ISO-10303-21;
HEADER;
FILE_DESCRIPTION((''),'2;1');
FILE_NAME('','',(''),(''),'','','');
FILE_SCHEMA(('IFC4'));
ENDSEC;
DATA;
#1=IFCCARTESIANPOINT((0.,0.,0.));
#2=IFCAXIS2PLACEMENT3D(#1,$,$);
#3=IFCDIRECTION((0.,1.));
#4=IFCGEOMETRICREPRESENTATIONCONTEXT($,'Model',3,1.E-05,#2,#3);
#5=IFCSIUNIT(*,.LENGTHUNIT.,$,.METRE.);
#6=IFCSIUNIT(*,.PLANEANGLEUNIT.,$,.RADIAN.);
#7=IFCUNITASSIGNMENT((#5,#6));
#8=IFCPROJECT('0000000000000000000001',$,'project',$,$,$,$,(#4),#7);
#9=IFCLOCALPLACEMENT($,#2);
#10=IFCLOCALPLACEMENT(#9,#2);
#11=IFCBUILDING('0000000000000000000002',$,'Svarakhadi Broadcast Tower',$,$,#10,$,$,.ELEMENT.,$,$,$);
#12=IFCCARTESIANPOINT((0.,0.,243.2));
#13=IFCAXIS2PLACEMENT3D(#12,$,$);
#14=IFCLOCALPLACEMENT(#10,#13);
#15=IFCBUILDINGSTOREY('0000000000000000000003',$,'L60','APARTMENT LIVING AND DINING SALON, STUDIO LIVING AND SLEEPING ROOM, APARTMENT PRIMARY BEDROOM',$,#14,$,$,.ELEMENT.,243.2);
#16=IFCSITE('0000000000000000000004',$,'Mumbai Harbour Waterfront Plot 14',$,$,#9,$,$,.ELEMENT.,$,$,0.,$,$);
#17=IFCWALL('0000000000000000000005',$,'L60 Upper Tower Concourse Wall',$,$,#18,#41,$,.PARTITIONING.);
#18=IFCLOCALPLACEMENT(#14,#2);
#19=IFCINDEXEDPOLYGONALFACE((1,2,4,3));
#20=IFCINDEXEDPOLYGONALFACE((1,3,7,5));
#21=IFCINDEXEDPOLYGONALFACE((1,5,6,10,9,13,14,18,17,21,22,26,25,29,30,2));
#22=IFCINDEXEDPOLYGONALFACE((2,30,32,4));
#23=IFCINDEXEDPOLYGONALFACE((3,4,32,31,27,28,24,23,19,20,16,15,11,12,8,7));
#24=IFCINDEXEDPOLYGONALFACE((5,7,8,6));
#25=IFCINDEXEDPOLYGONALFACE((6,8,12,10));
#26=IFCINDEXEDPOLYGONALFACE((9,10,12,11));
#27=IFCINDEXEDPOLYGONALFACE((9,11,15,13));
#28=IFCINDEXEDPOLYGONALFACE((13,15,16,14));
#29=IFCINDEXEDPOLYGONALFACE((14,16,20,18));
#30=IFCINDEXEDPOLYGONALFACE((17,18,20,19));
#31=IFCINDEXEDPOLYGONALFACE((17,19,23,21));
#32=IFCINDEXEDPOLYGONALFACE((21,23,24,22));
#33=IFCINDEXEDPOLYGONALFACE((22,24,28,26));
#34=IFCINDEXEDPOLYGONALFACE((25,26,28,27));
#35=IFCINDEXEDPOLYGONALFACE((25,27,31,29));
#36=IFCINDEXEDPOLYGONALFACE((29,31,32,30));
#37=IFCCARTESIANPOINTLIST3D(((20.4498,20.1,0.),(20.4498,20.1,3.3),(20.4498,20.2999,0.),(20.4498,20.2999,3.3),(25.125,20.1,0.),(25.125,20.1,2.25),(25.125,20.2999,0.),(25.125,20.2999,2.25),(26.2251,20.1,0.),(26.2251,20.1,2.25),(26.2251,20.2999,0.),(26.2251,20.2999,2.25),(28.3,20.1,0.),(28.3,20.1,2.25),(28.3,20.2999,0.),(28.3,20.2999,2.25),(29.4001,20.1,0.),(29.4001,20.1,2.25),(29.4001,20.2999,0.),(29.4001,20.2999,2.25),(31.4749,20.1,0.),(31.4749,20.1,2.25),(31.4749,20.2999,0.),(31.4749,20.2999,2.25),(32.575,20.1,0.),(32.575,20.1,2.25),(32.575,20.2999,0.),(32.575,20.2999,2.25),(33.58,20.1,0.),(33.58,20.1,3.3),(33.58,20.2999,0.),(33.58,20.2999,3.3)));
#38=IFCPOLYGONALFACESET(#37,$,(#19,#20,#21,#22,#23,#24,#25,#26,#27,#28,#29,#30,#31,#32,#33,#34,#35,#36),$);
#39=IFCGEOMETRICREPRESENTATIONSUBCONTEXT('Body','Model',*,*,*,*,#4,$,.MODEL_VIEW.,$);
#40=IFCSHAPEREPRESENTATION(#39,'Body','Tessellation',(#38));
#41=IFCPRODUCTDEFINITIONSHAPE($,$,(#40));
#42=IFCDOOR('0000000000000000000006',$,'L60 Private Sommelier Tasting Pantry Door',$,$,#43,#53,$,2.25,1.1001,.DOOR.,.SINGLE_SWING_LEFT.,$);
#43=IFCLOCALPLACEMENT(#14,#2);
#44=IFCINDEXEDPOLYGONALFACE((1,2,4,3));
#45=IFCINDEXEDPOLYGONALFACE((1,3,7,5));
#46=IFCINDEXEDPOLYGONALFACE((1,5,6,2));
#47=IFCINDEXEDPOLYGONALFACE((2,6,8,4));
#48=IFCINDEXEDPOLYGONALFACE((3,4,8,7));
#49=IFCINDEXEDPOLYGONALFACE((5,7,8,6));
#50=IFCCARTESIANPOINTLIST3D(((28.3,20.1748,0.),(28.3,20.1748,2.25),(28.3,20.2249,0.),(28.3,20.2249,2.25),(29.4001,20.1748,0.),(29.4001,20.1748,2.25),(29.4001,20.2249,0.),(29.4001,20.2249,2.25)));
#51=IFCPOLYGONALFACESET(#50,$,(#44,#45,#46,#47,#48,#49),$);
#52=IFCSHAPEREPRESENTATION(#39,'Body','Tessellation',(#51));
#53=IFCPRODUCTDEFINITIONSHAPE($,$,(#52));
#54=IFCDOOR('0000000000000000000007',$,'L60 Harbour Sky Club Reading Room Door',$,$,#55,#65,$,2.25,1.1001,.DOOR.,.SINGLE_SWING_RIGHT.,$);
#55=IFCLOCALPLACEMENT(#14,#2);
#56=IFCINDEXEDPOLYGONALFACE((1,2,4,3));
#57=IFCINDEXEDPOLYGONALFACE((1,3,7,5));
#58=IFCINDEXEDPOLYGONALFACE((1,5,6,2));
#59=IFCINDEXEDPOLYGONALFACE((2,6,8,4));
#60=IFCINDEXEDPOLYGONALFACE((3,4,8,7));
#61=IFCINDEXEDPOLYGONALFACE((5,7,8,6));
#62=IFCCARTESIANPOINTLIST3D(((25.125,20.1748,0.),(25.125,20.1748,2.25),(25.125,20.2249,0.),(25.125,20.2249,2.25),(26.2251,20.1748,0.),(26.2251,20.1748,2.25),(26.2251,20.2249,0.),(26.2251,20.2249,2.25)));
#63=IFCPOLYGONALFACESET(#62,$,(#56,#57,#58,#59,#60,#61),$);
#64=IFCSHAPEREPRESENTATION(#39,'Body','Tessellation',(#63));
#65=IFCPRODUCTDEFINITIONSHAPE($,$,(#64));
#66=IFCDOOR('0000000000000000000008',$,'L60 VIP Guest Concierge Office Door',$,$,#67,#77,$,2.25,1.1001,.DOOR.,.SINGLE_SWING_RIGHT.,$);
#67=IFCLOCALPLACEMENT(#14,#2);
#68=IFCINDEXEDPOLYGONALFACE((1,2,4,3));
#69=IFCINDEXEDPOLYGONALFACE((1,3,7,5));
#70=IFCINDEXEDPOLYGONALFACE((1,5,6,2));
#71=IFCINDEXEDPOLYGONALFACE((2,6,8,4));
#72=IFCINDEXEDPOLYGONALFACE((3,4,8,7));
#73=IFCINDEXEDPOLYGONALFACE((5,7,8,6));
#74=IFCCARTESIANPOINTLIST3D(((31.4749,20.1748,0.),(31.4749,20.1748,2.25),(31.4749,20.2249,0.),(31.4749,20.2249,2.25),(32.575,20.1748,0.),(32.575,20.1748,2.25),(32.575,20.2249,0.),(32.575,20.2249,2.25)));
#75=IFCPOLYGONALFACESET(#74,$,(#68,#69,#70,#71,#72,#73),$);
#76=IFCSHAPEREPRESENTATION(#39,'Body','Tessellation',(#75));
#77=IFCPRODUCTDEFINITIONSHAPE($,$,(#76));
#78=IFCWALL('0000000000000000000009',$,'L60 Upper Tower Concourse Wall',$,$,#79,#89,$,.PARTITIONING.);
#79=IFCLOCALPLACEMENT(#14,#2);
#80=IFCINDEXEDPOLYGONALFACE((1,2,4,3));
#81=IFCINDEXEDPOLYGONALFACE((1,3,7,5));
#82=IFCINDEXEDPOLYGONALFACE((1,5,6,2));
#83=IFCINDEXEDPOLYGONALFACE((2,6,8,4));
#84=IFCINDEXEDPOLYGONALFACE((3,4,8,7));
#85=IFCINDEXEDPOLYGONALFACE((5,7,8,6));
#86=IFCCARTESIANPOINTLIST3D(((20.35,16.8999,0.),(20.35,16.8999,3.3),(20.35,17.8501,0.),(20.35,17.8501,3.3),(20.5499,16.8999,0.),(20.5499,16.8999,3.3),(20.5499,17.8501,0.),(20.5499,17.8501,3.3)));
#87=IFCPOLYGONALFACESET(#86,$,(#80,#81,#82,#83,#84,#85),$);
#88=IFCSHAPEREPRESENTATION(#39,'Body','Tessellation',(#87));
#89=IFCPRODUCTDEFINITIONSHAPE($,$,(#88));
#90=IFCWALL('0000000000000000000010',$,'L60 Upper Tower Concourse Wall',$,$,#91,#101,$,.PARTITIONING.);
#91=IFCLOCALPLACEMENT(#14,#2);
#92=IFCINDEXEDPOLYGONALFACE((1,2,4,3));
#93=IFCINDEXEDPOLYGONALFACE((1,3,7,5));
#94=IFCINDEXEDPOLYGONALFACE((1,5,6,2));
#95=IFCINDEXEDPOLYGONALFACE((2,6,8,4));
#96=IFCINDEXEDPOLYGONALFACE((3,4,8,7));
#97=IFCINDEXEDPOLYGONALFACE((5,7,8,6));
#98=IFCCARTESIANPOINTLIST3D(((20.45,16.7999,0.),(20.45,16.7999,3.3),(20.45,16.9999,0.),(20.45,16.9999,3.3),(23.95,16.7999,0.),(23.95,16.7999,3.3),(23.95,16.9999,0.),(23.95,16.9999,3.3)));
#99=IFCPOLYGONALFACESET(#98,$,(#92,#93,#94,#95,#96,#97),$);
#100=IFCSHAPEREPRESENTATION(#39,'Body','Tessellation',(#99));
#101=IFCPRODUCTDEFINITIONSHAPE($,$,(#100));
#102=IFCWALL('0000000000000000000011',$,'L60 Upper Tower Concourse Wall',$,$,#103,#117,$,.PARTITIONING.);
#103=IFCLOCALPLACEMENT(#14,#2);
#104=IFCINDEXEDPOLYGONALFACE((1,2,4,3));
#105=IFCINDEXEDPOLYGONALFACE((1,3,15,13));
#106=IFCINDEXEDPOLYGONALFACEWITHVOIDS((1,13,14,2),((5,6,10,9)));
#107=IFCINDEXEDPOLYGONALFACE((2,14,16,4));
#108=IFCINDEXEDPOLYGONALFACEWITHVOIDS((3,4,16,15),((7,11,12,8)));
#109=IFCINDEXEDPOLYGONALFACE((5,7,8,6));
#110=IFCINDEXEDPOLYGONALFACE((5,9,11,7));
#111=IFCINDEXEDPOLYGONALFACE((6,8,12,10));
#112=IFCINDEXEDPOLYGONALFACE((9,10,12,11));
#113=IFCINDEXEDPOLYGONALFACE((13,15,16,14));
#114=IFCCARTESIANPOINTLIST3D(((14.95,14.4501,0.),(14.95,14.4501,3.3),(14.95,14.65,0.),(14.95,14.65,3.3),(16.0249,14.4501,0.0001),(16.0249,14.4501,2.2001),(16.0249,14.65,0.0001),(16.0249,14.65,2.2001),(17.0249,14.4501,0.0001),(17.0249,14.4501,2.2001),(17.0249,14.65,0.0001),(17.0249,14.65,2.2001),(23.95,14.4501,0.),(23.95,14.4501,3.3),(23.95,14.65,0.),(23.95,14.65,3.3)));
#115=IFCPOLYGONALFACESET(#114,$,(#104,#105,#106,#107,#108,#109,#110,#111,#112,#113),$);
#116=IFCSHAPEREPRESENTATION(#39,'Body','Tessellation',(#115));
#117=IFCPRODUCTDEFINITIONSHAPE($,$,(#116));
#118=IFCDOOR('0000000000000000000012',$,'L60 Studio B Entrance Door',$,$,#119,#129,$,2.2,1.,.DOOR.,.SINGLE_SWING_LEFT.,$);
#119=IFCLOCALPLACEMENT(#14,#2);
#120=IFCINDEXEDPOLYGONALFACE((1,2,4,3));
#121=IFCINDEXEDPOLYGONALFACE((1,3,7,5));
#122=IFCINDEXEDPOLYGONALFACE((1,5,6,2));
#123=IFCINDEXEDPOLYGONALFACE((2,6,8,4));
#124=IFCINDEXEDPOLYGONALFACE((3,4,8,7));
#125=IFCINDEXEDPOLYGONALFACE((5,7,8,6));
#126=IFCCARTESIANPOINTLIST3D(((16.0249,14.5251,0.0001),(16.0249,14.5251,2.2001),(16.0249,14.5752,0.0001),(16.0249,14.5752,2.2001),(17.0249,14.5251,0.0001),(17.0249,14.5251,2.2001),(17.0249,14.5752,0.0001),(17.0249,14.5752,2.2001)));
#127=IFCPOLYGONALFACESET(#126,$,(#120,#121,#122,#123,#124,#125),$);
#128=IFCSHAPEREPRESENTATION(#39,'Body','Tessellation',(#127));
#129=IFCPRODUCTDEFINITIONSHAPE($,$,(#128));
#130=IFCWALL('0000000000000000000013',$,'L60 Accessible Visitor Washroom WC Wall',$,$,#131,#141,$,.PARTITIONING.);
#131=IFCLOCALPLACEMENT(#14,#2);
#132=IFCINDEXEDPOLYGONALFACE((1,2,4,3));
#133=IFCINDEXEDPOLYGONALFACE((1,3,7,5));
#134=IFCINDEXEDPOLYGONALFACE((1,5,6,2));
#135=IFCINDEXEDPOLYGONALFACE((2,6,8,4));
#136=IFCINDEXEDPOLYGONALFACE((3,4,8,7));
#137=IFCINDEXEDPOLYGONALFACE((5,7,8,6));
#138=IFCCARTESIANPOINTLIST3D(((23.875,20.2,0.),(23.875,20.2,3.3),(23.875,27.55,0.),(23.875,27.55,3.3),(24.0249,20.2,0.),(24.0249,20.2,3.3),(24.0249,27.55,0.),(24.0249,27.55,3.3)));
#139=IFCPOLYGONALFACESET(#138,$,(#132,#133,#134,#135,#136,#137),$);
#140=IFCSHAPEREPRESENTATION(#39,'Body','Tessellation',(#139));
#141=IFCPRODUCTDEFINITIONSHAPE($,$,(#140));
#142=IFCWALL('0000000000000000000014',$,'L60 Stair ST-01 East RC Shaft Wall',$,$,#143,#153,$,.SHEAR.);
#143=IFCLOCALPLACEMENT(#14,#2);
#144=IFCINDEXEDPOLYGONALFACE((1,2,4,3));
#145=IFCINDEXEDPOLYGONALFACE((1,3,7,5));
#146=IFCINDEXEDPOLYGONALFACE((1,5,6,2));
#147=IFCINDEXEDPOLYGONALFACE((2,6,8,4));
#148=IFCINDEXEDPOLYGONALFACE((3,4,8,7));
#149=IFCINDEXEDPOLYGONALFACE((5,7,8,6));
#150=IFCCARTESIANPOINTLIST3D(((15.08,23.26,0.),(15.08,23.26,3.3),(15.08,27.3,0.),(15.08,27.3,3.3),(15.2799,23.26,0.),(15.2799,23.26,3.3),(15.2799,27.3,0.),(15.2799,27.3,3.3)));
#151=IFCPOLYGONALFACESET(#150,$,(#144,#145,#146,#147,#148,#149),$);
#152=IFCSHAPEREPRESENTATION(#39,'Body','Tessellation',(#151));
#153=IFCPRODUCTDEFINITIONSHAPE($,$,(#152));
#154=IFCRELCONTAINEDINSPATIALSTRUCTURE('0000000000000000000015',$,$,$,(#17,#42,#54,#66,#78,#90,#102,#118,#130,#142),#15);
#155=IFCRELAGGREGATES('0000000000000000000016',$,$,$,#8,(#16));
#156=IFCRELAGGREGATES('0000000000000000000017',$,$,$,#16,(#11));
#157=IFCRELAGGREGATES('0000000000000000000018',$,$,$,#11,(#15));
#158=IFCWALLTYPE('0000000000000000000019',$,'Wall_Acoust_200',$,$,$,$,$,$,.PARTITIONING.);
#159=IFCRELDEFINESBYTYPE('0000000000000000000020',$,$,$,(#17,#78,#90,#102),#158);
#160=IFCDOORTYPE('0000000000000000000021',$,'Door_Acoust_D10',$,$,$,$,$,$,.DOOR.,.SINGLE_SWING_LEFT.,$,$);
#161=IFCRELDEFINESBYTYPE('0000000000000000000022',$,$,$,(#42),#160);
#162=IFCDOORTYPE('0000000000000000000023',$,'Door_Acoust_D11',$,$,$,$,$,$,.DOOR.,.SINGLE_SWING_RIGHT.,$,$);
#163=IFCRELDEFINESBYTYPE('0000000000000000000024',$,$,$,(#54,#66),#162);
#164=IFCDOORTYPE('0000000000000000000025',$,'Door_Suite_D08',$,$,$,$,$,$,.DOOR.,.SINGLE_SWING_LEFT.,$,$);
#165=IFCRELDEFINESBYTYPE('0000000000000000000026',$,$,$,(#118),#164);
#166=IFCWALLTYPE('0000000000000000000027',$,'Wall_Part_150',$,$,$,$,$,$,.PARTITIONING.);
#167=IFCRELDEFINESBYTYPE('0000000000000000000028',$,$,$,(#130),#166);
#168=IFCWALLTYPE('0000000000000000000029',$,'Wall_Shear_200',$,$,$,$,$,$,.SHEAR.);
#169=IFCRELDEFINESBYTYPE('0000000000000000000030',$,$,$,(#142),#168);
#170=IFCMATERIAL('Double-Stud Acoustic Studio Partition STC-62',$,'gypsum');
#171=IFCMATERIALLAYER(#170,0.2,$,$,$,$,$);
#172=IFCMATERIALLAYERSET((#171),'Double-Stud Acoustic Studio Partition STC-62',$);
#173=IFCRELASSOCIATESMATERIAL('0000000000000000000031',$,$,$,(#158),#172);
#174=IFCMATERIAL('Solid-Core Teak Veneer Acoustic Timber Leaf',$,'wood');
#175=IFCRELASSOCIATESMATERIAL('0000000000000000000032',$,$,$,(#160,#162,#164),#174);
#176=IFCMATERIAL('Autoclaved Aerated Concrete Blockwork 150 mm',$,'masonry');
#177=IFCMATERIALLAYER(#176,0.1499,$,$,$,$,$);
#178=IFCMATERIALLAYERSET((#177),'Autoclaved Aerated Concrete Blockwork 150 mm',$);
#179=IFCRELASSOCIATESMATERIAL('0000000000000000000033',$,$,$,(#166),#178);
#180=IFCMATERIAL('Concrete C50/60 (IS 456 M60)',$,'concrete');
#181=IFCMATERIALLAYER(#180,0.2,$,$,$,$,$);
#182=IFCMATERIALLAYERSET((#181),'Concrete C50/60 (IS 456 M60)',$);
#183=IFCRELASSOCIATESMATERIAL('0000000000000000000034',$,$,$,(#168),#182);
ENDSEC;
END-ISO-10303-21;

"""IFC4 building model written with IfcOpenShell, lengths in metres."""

from ifc_helpers import new_model, si_unit, direction, frame, frame_2d, origin, place, context, subcontext, project, spatial, rectangle, extrude, material, layer, layer_set, type_object, element, fill, save


model = new_model("IFC4")

# Units and contexts
model_context = context("Model", 3, precision=1e-05, world=origin(), true_north=direction((0.0, 1.0)))
body_context = subcontext(model_context, "Body", "Model", "MODEL_VIEW")
ifc_project = project(units=[si_unit("LENGTHUNIT", "METRE"), si_unit("PLANEANGLEUNIT", "RADIAN")], contexts=[model_context])

# Site, building, storey
site_placement = place(None, origin())
site = spatial("IfcSite", under=ifc_project, at=site_placement, Name="Mumbai Harbour Waterfront Plot 14", CompositionType="ELEMENT", RefElevation=0.0)
building_placement = place(site_placement, origin())
building = spatial("IfcBuilding", under=site, at=building_placement, Name="Svarakhadi Broadcast Tower", CompositionType="ELEMENT")
storey_placement = place(building_placement, frame((0.0, 0.0, 243.2)))
storey = spatial("IfcBuildingStorey", under=building, at=storey_placement, Name="L60", Description="APARTMENT LIVING AND DINING SALON, STUDIO LIVING AND SLEEPING ROOM, APARTMENT PRIMARY BEDROOM", CompositionType="ELEMENT", Elevation=243.2)

# Shared definitions
ifc_material_1 = material(Name="Concrete C50/60 (IS 456 M60)", Category="concrete")

# Wall, openings, doors
ifc_material_2 = material(Name="Double-Stud Acoustic Studio Partition STC-62", Category="gypsum")
ifc_layer_1 = layer(ifc_material_2, 0.2)
ifc_layer_set_1 = layer_set([ifc_layer_1], Name="Double-Stud Acoustic Studio Partition STC-62")
wall_type_1 = type_object("IfcWallType", Name="Wall_Acoust_200", PredefinedType="PARTITIONING", material=ifc_layer_set_1)
wall_1_placement = place(storey_placement, frame((20.45, 20.2, 0.0), z_axis=(0.0, 0.0, 1.0), x_axis=(1.0, 0.0, 0.0)))
wall_1 = element("IfcWall", 1, at=wall_1_placement, inside=storey, type_object=wall_type_1, Name="L60 Upper Tower Concourse Wall", PredefinedType="PARTITIONING", context=body_context, shape_type="SweptSolid", body=[
    extrude(rectangle(XDim=13.1301, YDim=0.2, at=frame_2d((6.5649, 0.0))), origin(), (0.0, 0.0, 1.0), 3.3),
])
opening_1_placement = place(wall_1_placement, frame((4.675, 0.0, 0.0)))
opening_1 = element("IfcOpeningElement", 2, at=opening_1_placement, cuts=wall_1, PredefinedType="OPENING", context=body_context, shape_type="SweptSolid", body=[
    extrude(rectangle(XDim=1.1001, YDim=2.25, at=frame_2d((0.55, 1.125))), frame((0.0, 0.1099, 0.0), z_axis=(0.0, -1.0, 0.0), x_axis=(1.0, 0.0, 0.0)), (0.0, 0.0, 1.0), 0.22),
])
opening_2_placement = place(wall_1_placement, frame((7.8501, 0.0, 0.0)))
opening_2 = element("IfcOpeningElement", 3, at=opening_2_placement, cuts=wall_1, PredefinedType="OPENING", context=body_context, shape_type="SweptSolid", body=[
    extrude(rectangle(XDim=1.1001, YDim=2.25, at=frame_2d((0.55, 1.125))), frame((0.0, 0.1099, 0.0), z_axis=(0.0, -1.0, 0.0), x_axis=(1.0, 0.0, 0.0)), (0.0, 0.0, 1.0), 0.22),
])
opening_3_placement = place(wall_1_placement, frame((11.0249, 0.0, 0.0)))
opening_3 = element("IfcOpeningElement", 4, at=opening_3_placement, cuts=wall_1, PredefinedType="OPENING", context=body_context, shape_type="SweptSolid", body=[
    extrude(rectangle(XDim=1.1001, YDim=2.25, at=frame_2d((0.55, 1.125))), frame((0.0, 0.1099, 0.0), z_axis=(0.0, -1.0, 0.0), x_axis=(1.0, 0.0, 0.0)), (0.0, 0.0, 1.0), 0.22),
])
ifc_material_3 = material(Name="Solid-Core Teak Veneer Acoustic Timber Leaf", Category="wood")
door_type_1 = type_object("IfcDoorType", Name="Door_Acoust_D10", OperationType="SINGLE_SWING_LEFT", PredefinedType="DOOR", material=ifc_material_3)
door_1_placement = place(opening_2_placement, origin())
door_1 = element("IfcDoor", 5, at=door_1_placement, inside=storey, type_object=door_type_1, Name="L60 Private Sommelier Tasting Pantry Door", OperationType="SINGLE_SWING_LEFT", OverallHeight=2.25, OverallWidth=1.1001, PredefinedType="DOOR", context=body_context, shape_type="SweptSolid", body=[
    extrude(rectangle(XDim=1.1001, YDim=2.25, at=frame_2d((0.55, 1.125))), frame((0.0, 0.0249, 0.0), z_axis=(0.0, -1.0, 0.0), x_axis=(1.0, 0.0, 0.0)), (0.0, 0.0, 1.0), 0.05),
])
fill(opening_2, door_1)
door_type_2 = type_object("IfcDoorType", Name="Door_Acoust_D11", OperationType="SINGLE_SWING_RIGHT", PredefinedType="DOOR", material=ifc_material_3)
door_2_placement = place(opening_1_placement, origin())
door_2 = element("IfcDoor", 6, at=door_2_placement, inside=storey, type_object=door_type_2, Name="L60 Harbour Sky Club Reading Room Door", OperationType="SINGLE_SWING_RIGHT", OverallHeight=2.25, OverallWidth=1.1001, PredefinedType="DOOR", context=body_context, shape_type="SweptSolid", body=[
    extrude(rectangle(XDim=1.1001, YDim=2.25, at=frame_2d((0.55, 1.125))), frame((0.0, 0.0249, 0.0), z_axis=(0.0, -1.0, 0.0), x_axis=(1.0, 0.0, 0.0)), (0.0, 0.0, 1.0), 0.05),
])
fill(opening_1, door_2)
door_3_placement = place(opening_3_placement, origin())
door_3 = element("IfcDoor", 7, at=door_3_placement, inside=storey, type_object=door_type_2, Name="L60 VIP Guest Concierge Office Door", OperationType="SINGLE_SWING_RIGHT", OverallHeight=2.25, OverallWidth=1.1001, PredefinedType="DOOR", context=body_context, shape_type="SweptSolid", body=[
    extrude(rectangle(XDim=1.1001, YDim=2.25, at=frame_2d((0.55, 1.125))), frame((0.0, 0.0249, 0.0), z_axis=(0.0, -1.0, 0.0), x_axis=(1.0, 0.0, 0.0)), (0.0, 0.0, 1.0), 0.05),
])
fill(opening_3, door_3)

# Walls
wall_2_placement = place(storey_placement, frame((20.45, 17.8501, 0.0), z_axis=(0.0, 0.0, 1.0), x_axis=(0.0, -1.0, 0.0)))
element("IfcWall", 8, at=wall_2_placement, inside=storey, type_object=wall_type_1, Name="L60 Upper Tower Concourse Wall", PredefinedType="PARTITIONING", context=body_context, shape_type="SweptSolid", body=[
    extrude(rectangle(XDim=0.9502, YDim=0.2, at=frame_2d((0.4751, 0.0))), origin(), (0.0, 0.0, 1.0), 3.3),
])
wall_3_placement = place(storey_placement, frame((20.45, 16.8999, 0.0), z_axis=(0.0, 0.0, 1.0), x_axis=(1.0, 0.0, 0.0)))
element("IfcWall", 9, at=wall_3_placement, inside=storey, type_object=wall_type_1, Name="L60 Upper Tower Concourse Wall", PredefinedType="PARTITIONING", context=body_context, shape_type="SweptSolid", body=[
    extrude(rectangle(XDim=3.5, YDim=0.2, at=frame_2d((1.75, 0.0))), origin(), (0.0, 0.0, 1.0), 3.3),
])

# Wall, opening, door
wall_4_placement = place(storey_placement, frame((23.95, 14.55, 0.0), z_axis=(0.0, 0.0, 1.0), x_axis=(-1.0, 0.0, 0.0)))
wall_4 = element("IfcWall", 10, at=wall_4_placement, inside=storey, type_object=wall_type_1, Name="L60 Upper Tower Concourse Wall", PredefinedType="PARTITIONING", context=body_context, shape_type="SweptSolid", body=[
    extrude(rectangle(XDim=9.0, YDim=0.2, at=frame_2d((4.5, 0.0))), origin(), (0.0, 0.0, 1.0), 3.3),
])
opening_4_placement = place(wall_4_placement, frame((6.925, 0.0, 0.0)))
opening_4 = element("IfcOpeningElement", 11, at=opening_4_placement, cuts=wall_4, PredefinedType="OPENING", context=body_context, shape_type="SweptSolid", body=[
    extrude(rectangle(XDim=1.0, YDim=2.2, at=frame_2d((0.5, 1.1001))), frame((0.0, 0.1099, 0.0), z_axis=(0.0, -1.0, 0.0), x_axis=(1.0, 0.0, 0.0)), (0.0, 0.0, 1.0), 0.22),
])
door_type_3 = type_object("IfcDoorType", Name="Door_Suite_D08", OperationType="SINGLE_SWING_LEFT", PredefinedType="DOOR", material=ifc_material_3)
door_4_placement = place(opening_4_placement, origin())
door_4 = element("IfcDoor", 12, at=door_4_placement, inside=storey, type_object=door_type_3, Name="L60 Studio B Entrance Door", OperationType="SINGLE_SWING_LEFT", OverallHeight=2.2, OverallWidth=1.0, PredefinedType="DOOR", context=body_context, shape_type="SweptSolid", body=[
    extrude(rectangle(XDim=1.0, YDim=2.2, at=frame_2d((0.5, 1.1001))), frame((0.0, 0.0249, 0.0), z_axis=(0.0, -1.0, 0.0), x_axis=(1.0, 0.0, 0.0)), (0.0, 0.0, 1.0), 0.05),
])
fill(opening_4, door_4)

# Walls
ifc_material_4 = material(Name="Autoclaved Aerated Concrete Blockwork 150 mm", Category="masonry")
ifc_layer_2 = layer(ifc_material_4, 0.1499)
ifc_layer_set_2 = layer_set([ifc_layer_2], Name="Autoclaved Aerated Concrete Blockwork 150 mm")
wall_type_2 = type_object("IfcWallType", Name="Wall_Part_150", PredefinedType="PARTITIONING", material=ifc_layer_set_2)
wall_5_placement = place(storey_placement, frame((23.95, 20.2, 0.0), z_axis=(0.0, 0.0, 1.0), x_axis=(0.0, 1.0, 0.0)))
element("IfcWall", 13, at=wall_5_placement, inside=storey, type_object=wall_type_2, Name="L60 Accessible Visitor Washroom WC Wall", PredefinedType="PARTITIONING", context=body_context, shape_type="SweptSolid", body=[
    extrude(rectangle(XDim=7.3501, YDim=0.1499, at=frame_2d((3.675, 0.0))), origin(), (0.0, 0.0, 1.0), 3.3),
])
ifc_layer_3 = layer(ifc_material_1, 0.2)
ifc_layer_set_3 = layer_set([ifc_layer_3], Name="Concrete C50/60 (IS 456 M60)")
wall_type_3 = type_object("IfcWallType", Name="Wall_Shear_200", PredefinedType="SHEAR", material=ifc_layer_set_3)
wall_6_placement = place(storey_placement, frame((15.1799, 23.26, 0.0), z_axis=(0.0, 0.0, 1.0), x_axis=(0.0, 1.0, 0.0)))
element("IfcWall", 14, at=wall_6_placement, inside=storey, type_object=wall_type_3, Name="L60 Stair ST-01 East RC Shaft Wall", PredefinedType="SHEAR", context=body_context, shape_type="SweptSolid", body=[
    extrude(rectangle(XDim=4.04, YDim=0.2, at=frame_2d((2.02, 0.0))), origin(), (0.0, 0.0, 1.0), 3.3),
])

save(model, "model.ifc")
